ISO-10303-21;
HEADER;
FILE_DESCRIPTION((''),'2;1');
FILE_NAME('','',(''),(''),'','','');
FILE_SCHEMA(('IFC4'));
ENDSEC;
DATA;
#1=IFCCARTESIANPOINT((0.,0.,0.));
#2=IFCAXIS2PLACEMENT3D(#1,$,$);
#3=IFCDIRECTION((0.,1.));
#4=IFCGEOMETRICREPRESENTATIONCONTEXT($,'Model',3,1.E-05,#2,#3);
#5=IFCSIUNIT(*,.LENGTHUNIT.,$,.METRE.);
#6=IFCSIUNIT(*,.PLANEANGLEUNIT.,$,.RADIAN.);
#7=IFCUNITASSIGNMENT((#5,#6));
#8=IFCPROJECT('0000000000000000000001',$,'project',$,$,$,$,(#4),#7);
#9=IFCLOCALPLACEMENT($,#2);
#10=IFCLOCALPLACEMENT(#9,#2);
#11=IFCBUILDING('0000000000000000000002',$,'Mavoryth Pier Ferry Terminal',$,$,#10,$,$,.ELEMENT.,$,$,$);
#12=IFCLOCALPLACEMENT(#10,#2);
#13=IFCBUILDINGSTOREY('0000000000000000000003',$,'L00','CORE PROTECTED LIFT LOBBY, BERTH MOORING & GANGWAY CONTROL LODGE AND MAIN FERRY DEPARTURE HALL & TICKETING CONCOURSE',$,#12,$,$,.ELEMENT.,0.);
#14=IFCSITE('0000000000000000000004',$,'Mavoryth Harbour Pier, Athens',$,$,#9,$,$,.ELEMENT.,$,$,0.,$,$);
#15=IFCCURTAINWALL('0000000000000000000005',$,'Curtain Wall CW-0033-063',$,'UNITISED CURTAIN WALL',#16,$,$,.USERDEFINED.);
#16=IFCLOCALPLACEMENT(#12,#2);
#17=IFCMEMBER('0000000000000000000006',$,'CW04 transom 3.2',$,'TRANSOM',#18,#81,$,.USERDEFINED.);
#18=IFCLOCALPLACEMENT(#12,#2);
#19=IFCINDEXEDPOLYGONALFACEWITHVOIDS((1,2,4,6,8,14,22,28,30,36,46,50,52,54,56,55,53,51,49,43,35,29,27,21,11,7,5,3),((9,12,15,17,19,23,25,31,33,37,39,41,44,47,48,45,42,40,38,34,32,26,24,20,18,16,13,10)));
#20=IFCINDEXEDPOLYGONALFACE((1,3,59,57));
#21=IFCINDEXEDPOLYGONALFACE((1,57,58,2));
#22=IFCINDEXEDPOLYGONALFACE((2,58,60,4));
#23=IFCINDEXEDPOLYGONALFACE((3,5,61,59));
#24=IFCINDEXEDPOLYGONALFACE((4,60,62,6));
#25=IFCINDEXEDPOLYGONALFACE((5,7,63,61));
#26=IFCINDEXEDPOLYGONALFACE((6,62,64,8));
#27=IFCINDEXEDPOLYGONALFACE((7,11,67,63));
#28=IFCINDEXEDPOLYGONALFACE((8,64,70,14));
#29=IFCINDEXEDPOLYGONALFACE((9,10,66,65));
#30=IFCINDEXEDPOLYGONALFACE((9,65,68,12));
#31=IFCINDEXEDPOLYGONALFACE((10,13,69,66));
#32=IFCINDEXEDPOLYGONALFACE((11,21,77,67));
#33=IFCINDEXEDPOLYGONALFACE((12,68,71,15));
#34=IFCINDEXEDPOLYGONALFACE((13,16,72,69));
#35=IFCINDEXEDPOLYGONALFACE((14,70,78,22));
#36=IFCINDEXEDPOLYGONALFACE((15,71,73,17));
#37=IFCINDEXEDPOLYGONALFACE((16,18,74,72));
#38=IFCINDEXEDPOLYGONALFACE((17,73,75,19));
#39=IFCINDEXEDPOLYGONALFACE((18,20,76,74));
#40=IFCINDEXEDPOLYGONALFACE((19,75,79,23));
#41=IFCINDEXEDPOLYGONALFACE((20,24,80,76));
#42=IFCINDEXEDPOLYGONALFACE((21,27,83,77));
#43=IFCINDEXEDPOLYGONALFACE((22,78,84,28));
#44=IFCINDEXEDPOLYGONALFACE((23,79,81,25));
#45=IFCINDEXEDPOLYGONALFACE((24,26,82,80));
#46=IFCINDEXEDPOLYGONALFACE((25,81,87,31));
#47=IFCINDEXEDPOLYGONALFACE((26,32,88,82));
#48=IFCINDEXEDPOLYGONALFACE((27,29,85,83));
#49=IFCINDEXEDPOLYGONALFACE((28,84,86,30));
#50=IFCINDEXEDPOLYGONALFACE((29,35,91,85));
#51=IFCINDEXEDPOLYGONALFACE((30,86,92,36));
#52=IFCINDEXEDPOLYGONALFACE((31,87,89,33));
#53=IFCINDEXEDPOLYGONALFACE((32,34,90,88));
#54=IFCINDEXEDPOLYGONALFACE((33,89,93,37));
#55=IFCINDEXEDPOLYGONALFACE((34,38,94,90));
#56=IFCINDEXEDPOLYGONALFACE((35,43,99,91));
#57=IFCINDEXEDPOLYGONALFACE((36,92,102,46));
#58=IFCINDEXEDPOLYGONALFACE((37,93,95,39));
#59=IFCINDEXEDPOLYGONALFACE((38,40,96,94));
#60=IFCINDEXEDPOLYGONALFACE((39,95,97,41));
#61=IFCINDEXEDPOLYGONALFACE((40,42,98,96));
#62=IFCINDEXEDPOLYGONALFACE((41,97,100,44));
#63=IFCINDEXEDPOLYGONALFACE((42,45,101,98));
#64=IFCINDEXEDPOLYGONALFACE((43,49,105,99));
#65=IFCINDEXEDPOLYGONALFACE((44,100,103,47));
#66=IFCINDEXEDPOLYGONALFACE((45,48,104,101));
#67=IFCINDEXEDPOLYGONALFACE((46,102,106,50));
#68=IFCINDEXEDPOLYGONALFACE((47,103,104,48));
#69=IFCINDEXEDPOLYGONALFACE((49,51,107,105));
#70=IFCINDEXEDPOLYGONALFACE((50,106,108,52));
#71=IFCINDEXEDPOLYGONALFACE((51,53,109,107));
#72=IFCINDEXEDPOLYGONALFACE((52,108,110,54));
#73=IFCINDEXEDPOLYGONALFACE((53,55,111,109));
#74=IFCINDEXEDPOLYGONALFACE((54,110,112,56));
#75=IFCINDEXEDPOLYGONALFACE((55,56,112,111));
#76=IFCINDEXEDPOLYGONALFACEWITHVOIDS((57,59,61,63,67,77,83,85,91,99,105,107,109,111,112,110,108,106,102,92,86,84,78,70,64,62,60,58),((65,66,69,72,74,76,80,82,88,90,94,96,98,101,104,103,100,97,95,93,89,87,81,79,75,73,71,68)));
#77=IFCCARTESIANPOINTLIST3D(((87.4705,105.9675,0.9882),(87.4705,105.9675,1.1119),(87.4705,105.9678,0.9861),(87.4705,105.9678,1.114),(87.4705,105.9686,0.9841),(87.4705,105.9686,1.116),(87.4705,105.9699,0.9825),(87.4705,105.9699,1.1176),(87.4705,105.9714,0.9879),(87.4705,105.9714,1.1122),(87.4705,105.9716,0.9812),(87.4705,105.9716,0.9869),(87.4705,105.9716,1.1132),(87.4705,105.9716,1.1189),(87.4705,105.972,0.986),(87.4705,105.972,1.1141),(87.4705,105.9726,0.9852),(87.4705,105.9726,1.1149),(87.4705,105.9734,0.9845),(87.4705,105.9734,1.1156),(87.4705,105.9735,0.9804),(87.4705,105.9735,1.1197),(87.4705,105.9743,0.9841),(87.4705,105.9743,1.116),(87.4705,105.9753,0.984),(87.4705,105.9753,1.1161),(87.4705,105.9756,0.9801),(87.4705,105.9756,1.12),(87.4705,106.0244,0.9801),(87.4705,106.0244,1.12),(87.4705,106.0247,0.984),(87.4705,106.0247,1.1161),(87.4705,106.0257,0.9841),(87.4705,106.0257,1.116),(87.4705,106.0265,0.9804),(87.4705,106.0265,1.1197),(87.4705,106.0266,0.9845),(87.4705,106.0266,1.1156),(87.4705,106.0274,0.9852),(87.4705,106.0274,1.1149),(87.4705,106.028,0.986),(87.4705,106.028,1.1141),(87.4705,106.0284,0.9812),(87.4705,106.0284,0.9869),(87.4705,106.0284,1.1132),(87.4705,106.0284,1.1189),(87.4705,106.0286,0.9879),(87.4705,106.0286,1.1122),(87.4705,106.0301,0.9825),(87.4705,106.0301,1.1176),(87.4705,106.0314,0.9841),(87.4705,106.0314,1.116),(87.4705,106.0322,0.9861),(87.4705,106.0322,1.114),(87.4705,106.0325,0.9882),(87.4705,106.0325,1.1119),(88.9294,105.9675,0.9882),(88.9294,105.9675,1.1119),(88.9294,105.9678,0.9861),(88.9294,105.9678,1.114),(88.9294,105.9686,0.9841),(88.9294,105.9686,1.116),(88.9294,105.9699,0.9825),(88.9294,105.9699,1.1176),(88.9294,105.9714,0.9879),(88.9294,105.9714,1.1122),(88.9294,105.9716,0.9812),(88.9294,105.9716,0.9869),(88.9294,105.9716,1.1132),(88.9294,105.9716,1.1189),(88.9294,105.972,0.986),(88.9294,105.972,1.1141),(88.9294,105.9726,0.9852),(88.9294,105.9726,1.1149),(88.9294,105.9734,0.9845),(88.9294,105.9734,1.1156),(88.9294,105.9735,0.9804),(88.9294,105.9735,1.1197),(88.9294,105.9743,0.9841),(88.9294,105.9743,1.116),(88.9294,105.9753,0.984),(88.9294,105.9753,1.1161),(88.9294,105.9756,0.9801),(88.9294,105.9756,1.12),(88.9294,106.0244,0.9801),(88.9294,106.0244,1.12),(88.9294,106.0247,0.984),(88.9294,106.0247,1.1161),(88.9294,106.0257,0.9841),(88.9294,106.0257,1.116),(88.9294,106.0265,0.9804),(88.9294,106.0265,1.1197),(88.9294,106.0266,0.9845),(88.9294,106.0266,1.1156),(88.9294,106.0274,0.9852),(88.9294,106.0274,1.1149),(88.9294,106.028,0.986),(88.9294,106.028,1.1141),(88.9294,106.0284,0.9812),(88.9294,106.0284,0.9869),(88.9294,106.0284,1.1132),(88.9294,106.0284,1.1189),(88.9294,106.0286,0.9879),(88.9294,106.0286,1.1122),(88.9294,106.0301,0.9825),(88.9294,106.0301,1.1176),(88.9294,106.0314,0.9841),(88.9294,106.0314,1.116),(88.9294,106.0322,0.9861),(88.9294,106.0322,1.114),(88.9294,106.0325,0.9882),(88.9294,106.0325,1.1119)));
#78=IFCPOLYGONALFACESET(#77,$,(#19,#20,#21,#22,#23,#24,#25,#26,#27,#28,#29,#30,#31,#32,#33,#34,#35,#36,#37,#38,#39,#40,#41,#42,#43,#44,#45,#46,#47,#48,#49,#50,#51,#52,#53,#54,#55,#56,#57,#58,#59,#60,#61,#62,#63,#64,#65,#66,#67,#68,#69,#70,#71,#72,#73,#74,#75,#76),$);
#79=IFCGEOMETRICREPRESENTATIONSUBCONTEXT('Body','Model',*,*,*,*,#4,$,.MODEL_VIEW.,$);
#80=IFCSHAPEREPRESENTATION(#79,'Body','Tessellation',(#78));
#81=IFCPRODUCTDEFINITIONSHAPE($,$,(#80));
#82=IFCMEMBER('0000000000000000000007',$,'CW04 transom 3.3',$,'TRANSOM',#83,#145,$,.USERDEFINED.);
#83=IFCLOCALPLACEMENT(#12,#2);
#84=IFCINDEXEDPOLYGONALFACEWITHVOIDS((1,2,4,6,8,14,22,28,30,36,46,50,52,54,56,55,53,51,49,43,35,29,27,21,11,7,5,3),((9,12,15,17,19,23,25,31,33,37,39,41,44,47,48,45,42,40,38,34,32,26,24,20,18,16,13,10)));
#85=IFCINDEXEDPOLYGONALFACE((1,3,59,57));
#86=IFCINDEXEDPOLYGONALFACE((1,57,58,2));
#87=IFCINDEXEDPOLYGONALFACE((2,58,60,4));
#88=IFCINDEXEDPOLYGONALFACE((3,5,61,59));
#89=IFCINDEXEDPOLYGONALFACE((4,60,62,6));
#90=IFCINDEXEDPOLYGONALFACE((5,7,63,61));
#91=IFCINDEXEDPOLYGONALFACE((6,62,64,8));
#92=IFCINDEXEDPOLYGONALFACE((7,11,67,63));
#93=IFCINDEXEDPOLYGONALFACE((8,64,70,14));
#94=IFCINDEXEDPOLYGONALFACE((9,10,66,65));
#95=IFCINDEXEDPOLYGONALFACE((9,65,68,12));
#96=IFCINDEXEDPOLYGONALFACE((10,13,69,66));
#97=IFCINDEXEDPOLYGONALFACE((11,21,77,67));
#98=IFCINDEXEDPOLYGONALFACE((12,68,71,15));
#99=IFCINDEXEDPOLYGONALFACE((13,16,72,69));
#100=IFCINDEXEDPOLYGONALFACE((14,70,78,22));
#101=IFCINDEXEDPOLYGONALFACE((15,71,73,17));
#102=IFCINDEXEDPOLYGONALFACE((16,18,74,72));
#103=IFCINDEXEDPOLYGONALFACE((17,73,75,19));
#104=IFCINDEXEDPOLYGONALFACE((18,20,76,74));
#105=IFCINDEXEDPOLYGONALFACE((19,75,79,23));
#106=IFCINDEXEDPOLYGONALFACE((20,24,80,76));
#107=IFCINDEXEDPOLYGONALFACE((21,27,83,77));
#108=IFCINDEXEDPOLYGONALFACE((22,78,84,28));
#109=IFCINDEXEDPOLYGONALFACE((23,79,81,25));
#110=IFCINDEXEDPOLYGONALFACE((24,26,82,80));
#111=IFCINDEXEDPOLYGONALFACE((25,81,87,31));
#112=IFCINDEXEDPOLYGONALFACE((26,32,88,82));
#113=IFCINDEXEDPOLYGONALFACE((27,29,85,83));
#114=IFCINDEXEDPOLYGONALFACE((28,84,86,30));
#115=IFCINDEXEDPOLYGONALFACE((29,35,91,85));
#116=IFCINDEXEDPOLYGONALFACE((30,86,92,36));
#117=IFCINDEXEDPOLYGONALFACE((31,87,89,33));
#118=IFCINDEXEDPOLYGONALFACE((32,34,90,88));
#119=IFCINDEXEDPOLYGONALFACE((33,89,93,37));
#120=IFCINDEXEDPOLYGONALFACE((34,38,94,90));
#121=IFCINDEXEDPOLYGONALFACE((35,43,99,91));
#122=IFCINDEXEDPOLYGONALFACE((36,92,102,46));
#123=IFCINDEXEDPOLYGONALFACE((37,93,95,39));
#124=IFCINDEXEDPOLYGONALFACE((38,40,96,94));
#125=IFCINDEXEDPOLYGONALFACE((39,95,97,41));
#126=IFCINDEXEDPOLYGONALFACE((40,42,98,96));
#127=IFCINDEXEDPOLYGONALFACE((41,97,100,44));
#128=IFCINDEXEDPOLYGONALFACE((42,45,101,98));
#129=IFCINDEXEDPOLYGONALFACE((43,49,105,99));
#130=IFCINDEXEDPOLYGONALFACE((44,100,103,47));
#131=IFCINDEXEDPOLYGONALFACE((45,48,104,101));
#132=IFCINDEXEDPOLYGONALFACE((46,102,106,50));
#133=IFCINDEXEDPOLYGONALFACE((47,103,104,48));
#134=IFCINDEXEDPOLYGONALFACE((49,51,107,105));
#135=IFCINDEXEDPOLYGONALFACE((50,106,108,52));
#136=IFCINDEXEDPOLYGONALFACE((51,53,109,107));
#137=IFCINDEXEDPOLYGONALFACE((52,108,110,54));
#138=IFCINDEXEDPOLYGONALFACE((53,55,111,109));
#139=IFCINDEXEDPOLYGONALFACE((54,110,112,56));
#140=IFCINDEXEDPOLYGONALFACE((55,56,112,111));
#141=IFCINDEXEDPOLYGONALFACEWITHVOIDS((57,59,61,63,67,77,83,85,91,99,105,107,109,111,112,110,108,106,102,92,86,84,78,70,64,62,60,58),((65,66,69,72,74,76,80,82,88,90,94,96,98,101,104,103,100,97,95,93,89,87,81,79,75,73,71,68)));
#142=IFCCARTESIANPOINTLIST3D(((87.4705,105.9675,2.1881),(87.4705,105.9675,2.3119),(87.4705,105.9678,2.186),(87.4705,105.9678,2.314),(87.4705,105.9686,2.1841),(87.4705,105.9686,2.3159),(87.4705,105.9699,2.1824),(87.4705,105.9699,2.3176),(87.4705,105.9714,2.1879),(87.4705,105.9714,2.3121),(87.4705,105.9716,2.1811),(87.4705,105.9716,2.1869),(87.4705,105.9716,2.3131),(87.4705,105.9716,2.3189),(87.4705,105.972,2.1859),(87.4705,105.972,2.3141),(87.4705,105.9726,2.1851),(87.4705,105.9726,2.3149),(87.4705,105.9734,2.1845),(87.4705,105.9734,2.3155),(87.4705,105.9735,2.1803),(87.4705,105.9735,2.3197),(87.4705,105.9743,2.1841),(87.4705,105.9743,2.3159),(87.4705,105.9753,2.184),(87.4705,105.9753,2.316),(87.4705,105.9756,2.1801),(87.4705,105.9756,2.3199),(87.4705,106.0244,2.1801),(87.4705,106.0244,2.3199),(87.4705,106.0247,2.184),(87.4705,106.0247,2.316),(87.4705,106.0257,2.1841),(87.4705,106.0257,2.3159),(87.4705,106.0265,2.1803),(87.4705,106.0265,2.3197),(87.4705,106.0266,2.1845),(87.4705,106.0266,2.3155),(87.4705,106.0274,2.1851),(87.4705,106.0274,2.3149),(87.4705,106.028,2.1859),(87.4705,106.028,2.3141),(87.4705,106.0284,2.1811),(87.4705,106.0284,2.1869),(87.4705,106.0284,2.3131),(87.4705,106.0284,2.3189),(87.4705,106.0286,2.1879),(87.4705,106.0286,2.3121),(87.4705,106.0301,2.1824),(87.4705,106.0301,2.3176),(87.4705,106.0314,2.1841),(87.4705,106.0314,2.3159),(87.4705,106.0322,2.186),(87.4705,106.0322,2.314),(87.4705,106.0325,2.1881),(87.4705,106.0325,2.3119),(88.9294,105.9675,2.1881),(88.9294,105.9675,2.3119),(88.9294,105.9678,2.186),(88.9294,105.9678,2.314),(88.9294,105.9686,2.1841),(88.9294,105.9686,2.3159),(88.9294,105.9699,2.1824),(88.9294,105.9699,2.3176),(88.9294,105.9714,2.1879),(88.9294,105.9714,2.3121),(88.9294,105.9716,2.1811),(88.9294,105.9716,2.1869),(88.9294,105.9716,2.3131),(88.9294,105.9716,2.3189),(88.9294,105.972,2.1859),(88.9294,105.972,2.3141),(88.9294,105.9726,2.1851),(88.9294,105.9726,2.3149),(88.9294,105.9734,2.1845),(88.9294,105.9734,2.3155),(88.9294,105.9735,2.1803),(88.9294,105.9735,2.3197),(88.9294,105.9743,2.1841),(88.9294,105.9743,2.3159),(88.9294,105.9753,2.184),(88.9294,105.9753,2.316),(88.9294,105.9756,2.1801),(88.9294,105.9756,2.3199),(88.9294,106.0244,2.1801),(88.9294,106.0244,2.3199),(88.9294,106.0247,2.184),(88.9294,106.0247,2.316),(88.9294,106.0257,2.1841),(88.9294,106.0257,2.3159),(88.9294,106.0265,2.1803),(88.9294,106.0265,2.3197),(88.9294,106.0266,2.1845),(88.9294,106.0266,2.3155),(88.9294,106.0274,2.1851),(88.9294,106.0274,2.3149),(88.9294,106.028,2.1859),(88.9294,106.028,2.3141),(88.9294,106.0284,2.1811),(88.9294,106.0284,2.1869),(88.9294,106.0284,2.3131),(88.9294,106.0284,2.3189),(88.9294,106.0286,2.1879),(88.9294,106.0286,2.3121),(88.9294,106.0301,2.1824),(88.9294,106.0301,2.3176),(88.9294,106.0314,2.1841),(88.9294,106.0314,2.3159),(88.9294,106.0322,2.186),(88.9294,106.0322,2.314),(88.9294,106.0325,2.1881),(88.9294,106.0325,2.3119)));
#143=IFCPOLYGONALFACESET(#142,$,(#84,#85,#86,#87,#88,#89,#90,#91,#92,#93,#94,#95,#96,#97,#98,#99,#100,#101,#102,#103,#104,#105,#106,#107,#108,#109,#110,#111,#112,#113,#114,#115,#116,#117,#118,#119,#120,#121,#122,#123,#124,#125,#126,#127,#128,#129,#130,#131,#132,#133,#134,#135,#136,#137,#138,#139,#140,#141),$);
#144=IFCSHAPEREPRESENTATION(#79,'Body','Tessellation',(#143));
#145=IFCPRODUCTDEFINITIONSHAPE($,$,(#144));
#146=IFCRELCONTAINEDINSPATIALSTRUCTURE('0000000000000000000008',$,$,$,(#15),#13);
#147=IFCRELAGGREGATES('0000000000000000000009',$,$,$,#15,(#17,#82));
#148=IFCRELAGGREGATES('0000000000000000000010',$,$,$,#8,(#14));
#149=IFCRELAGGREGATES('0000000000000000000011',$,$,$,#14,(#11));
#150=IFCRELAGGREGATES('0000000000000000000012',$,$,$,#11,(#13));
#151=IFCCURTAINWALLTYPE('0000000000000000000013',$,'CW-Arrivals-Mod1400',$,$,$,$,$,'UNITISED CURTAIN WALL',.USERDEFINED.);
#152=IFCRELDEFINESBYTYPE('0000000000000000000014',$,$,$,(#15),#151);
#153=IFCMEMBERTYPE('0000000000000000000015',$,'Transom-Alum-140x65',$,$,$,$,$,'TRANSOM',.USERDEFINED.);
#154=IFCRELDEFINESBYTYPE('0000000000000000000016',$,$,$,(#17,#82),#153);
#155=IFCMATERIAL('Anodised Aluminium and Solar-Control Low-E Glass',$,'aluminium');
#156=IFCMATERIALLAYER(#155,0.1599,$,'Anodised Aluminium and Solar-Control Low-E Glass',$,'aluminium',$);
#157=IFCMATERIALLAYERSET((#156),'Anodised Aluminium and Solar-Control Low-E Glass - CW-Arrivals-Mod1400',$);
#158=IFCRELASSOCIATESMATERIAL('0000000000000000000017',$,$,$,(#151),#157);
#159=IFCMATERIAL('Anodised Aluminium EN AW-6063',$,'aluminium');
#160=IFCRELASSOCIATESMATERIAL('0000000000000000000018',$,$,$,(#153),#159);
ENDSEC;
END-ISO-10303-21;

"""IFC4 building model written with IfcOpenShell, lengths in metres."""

from ifc_helpers import new_model, si_unit, direction, frame, origin, origin_2d, place, context, subcontext, project, spatial, hollow_rectangle, extrude, material, layer, layer_set, material_profile, profile_set, type_object, element, aggregate, save


model = new_model("IFC4")

# Units and contexts
model_context = context("Model", 3, precision=1e-05, world=origin(), true_north=direction((0.0, 1.0)))
body_context = subcontext(model_context, "Body", "Model", "MODEL_VIEW")
ifc_project = project(units=[si_unit("LENGTHUNIT", "METRE"), si_unit("PLANEANGLEUNIT", "RADIAN")], contexts=[model_context])

# Site, building, storey
site_placement = place(None, origin())
site = spatial("IfcSite", under=ifc_project, at=site_placement, Name="Mavoryth Harbour Pier, Athens", CompositionType="ELEMENT", RefElevation=0.0)
building_placement = place(site_placement, origin())
building = spatial("IfcBuilding", under=site, at=building_placement, Name="Mavoryth Pier Ferry Terminal", CompositionType="ELEMENT")
storey_placement = place(building_placement, origin())
storey = spatial("IfcBuildingStorey", under=building, at=storey_placement, Name="L00", Description="CORE PROTECTED LIFT LOBBY, BERTH MOORING & GANGWAY CONTROL LODGE AND MAIN FERRY DEPARTURE HALL & TICKETING CONCOURSE", CompositionType="ELEMENT", Elevation=0.0)

# Curtain wall, members
ifc_material_1 = material(Name="Anodised Aluminium and Solar-Control Low-E Glass", Category="aluminium")
ifc_layer_1 = layer(ifc_material_1, 0.1599, Name="Anodised Aluminium and Solar-Control Low-E Glass", Category="aluminium")
ifc_layer_set_1 = layer_set([ifc_layer_1], Name="Anodised Aluminium and Solar-Control Low-E Glass - CW-Arrivals-Mod1400")
curtain_wall_type = type_object("IfcCurtainWallType", Name="CW-Arrivals-Mod1400", ElementType="UNITISED CURTAIN WALL", PredefinedType="USERDEFINED", material=ifc_layer_set_1)
curtain_wall_placement = place(storey_placement, origin())
curtain_wall = element("IfcCurtainWall", 1, at=curtain_wall_placement, inside=storey, type_object=curtain_wall_type, Name="Curtain Wall CW-0033-063", ObjectType="UNITISED CURTAIN WALL", PredefinedType="USERDEFINED")
ifc_material_2 = material(Name="Anodised Aluminium EN AW-6063", Category="aluminium")
ifc_material_profile_1 = material_profile(ifc_material_2, hollow_rectangle(XDim=0.0649, YDim=0.1399, WallThickness=0.0039, InnerFilletRadius=0.0039, OuterFilletRadius=0.0081, at=origin_2d()), Name="AL-TRAN 140x65x4", Category="aluminium")
ifc_profile_set_1 = profile_set([ifc_material_profile_1], Name="Anodised Aluminium EN AW-6063 - AL-TRAN 140x65x4")
member_type_1 = type_object("IfcMemberType", Name="Transom-Alum-140x65", ElementType="TRANSOM", PredefinedType="USERDEFINED", material=ifc_profile_set_1)
member_1_placement = place(storey_placement, frame((88.9294, 106.0, 1.05), z_axis=(-1.0, 0.0, 0.0), x_axis=(0.0, -1.0, 0.0)))
member_1 = element("IfcMember", 2, at=member_1_placement, type_object=member_type_1, Name="CW04 transom 3.2", ObjectType="TRANSOM", PredefinedType="USERDEFINED", context=body_context, shape_type="SweptSolid", body=[
    extrude(hollow_rectangle(XDim=0.0649, YDim=0.1399, WallThickness=0.0039, InnerFilletRadius=0.0039, OuterFilletRadius=0.0081, at=origin_2d()), origin(), (0.0, 0.0, 1.0), 1.459),
])
member_2_placement = place(storey_placement, frame((88.9294, 106.0, 2.25), z_axis=(-1.0, 0.0, 0.0), x_axis=(0.0, -1.0, 0.0)))
member_2 = element("IfcMember", 3, at=member_2_placement, type_object=member_type_1, Name="CW04 transom 3.3", ObjectType="TRANSOM", PredefinedType="USERDEFINED", context=body_context, shape_type="SweptSolid", body=[
    extrude(hollow_rectangle(XDim=0.0649, YDim=0.1399, WallThickness=0.0039, InnerFilletRadius=0.0039, OuterFilletRadius=0.0081, at=origin_2d()), origin(), (0.0, 0.0, 1.0), 1.459),
])
aggregate(curtain_wall, [member_1, member_2])

save(model, "model.ifc")
